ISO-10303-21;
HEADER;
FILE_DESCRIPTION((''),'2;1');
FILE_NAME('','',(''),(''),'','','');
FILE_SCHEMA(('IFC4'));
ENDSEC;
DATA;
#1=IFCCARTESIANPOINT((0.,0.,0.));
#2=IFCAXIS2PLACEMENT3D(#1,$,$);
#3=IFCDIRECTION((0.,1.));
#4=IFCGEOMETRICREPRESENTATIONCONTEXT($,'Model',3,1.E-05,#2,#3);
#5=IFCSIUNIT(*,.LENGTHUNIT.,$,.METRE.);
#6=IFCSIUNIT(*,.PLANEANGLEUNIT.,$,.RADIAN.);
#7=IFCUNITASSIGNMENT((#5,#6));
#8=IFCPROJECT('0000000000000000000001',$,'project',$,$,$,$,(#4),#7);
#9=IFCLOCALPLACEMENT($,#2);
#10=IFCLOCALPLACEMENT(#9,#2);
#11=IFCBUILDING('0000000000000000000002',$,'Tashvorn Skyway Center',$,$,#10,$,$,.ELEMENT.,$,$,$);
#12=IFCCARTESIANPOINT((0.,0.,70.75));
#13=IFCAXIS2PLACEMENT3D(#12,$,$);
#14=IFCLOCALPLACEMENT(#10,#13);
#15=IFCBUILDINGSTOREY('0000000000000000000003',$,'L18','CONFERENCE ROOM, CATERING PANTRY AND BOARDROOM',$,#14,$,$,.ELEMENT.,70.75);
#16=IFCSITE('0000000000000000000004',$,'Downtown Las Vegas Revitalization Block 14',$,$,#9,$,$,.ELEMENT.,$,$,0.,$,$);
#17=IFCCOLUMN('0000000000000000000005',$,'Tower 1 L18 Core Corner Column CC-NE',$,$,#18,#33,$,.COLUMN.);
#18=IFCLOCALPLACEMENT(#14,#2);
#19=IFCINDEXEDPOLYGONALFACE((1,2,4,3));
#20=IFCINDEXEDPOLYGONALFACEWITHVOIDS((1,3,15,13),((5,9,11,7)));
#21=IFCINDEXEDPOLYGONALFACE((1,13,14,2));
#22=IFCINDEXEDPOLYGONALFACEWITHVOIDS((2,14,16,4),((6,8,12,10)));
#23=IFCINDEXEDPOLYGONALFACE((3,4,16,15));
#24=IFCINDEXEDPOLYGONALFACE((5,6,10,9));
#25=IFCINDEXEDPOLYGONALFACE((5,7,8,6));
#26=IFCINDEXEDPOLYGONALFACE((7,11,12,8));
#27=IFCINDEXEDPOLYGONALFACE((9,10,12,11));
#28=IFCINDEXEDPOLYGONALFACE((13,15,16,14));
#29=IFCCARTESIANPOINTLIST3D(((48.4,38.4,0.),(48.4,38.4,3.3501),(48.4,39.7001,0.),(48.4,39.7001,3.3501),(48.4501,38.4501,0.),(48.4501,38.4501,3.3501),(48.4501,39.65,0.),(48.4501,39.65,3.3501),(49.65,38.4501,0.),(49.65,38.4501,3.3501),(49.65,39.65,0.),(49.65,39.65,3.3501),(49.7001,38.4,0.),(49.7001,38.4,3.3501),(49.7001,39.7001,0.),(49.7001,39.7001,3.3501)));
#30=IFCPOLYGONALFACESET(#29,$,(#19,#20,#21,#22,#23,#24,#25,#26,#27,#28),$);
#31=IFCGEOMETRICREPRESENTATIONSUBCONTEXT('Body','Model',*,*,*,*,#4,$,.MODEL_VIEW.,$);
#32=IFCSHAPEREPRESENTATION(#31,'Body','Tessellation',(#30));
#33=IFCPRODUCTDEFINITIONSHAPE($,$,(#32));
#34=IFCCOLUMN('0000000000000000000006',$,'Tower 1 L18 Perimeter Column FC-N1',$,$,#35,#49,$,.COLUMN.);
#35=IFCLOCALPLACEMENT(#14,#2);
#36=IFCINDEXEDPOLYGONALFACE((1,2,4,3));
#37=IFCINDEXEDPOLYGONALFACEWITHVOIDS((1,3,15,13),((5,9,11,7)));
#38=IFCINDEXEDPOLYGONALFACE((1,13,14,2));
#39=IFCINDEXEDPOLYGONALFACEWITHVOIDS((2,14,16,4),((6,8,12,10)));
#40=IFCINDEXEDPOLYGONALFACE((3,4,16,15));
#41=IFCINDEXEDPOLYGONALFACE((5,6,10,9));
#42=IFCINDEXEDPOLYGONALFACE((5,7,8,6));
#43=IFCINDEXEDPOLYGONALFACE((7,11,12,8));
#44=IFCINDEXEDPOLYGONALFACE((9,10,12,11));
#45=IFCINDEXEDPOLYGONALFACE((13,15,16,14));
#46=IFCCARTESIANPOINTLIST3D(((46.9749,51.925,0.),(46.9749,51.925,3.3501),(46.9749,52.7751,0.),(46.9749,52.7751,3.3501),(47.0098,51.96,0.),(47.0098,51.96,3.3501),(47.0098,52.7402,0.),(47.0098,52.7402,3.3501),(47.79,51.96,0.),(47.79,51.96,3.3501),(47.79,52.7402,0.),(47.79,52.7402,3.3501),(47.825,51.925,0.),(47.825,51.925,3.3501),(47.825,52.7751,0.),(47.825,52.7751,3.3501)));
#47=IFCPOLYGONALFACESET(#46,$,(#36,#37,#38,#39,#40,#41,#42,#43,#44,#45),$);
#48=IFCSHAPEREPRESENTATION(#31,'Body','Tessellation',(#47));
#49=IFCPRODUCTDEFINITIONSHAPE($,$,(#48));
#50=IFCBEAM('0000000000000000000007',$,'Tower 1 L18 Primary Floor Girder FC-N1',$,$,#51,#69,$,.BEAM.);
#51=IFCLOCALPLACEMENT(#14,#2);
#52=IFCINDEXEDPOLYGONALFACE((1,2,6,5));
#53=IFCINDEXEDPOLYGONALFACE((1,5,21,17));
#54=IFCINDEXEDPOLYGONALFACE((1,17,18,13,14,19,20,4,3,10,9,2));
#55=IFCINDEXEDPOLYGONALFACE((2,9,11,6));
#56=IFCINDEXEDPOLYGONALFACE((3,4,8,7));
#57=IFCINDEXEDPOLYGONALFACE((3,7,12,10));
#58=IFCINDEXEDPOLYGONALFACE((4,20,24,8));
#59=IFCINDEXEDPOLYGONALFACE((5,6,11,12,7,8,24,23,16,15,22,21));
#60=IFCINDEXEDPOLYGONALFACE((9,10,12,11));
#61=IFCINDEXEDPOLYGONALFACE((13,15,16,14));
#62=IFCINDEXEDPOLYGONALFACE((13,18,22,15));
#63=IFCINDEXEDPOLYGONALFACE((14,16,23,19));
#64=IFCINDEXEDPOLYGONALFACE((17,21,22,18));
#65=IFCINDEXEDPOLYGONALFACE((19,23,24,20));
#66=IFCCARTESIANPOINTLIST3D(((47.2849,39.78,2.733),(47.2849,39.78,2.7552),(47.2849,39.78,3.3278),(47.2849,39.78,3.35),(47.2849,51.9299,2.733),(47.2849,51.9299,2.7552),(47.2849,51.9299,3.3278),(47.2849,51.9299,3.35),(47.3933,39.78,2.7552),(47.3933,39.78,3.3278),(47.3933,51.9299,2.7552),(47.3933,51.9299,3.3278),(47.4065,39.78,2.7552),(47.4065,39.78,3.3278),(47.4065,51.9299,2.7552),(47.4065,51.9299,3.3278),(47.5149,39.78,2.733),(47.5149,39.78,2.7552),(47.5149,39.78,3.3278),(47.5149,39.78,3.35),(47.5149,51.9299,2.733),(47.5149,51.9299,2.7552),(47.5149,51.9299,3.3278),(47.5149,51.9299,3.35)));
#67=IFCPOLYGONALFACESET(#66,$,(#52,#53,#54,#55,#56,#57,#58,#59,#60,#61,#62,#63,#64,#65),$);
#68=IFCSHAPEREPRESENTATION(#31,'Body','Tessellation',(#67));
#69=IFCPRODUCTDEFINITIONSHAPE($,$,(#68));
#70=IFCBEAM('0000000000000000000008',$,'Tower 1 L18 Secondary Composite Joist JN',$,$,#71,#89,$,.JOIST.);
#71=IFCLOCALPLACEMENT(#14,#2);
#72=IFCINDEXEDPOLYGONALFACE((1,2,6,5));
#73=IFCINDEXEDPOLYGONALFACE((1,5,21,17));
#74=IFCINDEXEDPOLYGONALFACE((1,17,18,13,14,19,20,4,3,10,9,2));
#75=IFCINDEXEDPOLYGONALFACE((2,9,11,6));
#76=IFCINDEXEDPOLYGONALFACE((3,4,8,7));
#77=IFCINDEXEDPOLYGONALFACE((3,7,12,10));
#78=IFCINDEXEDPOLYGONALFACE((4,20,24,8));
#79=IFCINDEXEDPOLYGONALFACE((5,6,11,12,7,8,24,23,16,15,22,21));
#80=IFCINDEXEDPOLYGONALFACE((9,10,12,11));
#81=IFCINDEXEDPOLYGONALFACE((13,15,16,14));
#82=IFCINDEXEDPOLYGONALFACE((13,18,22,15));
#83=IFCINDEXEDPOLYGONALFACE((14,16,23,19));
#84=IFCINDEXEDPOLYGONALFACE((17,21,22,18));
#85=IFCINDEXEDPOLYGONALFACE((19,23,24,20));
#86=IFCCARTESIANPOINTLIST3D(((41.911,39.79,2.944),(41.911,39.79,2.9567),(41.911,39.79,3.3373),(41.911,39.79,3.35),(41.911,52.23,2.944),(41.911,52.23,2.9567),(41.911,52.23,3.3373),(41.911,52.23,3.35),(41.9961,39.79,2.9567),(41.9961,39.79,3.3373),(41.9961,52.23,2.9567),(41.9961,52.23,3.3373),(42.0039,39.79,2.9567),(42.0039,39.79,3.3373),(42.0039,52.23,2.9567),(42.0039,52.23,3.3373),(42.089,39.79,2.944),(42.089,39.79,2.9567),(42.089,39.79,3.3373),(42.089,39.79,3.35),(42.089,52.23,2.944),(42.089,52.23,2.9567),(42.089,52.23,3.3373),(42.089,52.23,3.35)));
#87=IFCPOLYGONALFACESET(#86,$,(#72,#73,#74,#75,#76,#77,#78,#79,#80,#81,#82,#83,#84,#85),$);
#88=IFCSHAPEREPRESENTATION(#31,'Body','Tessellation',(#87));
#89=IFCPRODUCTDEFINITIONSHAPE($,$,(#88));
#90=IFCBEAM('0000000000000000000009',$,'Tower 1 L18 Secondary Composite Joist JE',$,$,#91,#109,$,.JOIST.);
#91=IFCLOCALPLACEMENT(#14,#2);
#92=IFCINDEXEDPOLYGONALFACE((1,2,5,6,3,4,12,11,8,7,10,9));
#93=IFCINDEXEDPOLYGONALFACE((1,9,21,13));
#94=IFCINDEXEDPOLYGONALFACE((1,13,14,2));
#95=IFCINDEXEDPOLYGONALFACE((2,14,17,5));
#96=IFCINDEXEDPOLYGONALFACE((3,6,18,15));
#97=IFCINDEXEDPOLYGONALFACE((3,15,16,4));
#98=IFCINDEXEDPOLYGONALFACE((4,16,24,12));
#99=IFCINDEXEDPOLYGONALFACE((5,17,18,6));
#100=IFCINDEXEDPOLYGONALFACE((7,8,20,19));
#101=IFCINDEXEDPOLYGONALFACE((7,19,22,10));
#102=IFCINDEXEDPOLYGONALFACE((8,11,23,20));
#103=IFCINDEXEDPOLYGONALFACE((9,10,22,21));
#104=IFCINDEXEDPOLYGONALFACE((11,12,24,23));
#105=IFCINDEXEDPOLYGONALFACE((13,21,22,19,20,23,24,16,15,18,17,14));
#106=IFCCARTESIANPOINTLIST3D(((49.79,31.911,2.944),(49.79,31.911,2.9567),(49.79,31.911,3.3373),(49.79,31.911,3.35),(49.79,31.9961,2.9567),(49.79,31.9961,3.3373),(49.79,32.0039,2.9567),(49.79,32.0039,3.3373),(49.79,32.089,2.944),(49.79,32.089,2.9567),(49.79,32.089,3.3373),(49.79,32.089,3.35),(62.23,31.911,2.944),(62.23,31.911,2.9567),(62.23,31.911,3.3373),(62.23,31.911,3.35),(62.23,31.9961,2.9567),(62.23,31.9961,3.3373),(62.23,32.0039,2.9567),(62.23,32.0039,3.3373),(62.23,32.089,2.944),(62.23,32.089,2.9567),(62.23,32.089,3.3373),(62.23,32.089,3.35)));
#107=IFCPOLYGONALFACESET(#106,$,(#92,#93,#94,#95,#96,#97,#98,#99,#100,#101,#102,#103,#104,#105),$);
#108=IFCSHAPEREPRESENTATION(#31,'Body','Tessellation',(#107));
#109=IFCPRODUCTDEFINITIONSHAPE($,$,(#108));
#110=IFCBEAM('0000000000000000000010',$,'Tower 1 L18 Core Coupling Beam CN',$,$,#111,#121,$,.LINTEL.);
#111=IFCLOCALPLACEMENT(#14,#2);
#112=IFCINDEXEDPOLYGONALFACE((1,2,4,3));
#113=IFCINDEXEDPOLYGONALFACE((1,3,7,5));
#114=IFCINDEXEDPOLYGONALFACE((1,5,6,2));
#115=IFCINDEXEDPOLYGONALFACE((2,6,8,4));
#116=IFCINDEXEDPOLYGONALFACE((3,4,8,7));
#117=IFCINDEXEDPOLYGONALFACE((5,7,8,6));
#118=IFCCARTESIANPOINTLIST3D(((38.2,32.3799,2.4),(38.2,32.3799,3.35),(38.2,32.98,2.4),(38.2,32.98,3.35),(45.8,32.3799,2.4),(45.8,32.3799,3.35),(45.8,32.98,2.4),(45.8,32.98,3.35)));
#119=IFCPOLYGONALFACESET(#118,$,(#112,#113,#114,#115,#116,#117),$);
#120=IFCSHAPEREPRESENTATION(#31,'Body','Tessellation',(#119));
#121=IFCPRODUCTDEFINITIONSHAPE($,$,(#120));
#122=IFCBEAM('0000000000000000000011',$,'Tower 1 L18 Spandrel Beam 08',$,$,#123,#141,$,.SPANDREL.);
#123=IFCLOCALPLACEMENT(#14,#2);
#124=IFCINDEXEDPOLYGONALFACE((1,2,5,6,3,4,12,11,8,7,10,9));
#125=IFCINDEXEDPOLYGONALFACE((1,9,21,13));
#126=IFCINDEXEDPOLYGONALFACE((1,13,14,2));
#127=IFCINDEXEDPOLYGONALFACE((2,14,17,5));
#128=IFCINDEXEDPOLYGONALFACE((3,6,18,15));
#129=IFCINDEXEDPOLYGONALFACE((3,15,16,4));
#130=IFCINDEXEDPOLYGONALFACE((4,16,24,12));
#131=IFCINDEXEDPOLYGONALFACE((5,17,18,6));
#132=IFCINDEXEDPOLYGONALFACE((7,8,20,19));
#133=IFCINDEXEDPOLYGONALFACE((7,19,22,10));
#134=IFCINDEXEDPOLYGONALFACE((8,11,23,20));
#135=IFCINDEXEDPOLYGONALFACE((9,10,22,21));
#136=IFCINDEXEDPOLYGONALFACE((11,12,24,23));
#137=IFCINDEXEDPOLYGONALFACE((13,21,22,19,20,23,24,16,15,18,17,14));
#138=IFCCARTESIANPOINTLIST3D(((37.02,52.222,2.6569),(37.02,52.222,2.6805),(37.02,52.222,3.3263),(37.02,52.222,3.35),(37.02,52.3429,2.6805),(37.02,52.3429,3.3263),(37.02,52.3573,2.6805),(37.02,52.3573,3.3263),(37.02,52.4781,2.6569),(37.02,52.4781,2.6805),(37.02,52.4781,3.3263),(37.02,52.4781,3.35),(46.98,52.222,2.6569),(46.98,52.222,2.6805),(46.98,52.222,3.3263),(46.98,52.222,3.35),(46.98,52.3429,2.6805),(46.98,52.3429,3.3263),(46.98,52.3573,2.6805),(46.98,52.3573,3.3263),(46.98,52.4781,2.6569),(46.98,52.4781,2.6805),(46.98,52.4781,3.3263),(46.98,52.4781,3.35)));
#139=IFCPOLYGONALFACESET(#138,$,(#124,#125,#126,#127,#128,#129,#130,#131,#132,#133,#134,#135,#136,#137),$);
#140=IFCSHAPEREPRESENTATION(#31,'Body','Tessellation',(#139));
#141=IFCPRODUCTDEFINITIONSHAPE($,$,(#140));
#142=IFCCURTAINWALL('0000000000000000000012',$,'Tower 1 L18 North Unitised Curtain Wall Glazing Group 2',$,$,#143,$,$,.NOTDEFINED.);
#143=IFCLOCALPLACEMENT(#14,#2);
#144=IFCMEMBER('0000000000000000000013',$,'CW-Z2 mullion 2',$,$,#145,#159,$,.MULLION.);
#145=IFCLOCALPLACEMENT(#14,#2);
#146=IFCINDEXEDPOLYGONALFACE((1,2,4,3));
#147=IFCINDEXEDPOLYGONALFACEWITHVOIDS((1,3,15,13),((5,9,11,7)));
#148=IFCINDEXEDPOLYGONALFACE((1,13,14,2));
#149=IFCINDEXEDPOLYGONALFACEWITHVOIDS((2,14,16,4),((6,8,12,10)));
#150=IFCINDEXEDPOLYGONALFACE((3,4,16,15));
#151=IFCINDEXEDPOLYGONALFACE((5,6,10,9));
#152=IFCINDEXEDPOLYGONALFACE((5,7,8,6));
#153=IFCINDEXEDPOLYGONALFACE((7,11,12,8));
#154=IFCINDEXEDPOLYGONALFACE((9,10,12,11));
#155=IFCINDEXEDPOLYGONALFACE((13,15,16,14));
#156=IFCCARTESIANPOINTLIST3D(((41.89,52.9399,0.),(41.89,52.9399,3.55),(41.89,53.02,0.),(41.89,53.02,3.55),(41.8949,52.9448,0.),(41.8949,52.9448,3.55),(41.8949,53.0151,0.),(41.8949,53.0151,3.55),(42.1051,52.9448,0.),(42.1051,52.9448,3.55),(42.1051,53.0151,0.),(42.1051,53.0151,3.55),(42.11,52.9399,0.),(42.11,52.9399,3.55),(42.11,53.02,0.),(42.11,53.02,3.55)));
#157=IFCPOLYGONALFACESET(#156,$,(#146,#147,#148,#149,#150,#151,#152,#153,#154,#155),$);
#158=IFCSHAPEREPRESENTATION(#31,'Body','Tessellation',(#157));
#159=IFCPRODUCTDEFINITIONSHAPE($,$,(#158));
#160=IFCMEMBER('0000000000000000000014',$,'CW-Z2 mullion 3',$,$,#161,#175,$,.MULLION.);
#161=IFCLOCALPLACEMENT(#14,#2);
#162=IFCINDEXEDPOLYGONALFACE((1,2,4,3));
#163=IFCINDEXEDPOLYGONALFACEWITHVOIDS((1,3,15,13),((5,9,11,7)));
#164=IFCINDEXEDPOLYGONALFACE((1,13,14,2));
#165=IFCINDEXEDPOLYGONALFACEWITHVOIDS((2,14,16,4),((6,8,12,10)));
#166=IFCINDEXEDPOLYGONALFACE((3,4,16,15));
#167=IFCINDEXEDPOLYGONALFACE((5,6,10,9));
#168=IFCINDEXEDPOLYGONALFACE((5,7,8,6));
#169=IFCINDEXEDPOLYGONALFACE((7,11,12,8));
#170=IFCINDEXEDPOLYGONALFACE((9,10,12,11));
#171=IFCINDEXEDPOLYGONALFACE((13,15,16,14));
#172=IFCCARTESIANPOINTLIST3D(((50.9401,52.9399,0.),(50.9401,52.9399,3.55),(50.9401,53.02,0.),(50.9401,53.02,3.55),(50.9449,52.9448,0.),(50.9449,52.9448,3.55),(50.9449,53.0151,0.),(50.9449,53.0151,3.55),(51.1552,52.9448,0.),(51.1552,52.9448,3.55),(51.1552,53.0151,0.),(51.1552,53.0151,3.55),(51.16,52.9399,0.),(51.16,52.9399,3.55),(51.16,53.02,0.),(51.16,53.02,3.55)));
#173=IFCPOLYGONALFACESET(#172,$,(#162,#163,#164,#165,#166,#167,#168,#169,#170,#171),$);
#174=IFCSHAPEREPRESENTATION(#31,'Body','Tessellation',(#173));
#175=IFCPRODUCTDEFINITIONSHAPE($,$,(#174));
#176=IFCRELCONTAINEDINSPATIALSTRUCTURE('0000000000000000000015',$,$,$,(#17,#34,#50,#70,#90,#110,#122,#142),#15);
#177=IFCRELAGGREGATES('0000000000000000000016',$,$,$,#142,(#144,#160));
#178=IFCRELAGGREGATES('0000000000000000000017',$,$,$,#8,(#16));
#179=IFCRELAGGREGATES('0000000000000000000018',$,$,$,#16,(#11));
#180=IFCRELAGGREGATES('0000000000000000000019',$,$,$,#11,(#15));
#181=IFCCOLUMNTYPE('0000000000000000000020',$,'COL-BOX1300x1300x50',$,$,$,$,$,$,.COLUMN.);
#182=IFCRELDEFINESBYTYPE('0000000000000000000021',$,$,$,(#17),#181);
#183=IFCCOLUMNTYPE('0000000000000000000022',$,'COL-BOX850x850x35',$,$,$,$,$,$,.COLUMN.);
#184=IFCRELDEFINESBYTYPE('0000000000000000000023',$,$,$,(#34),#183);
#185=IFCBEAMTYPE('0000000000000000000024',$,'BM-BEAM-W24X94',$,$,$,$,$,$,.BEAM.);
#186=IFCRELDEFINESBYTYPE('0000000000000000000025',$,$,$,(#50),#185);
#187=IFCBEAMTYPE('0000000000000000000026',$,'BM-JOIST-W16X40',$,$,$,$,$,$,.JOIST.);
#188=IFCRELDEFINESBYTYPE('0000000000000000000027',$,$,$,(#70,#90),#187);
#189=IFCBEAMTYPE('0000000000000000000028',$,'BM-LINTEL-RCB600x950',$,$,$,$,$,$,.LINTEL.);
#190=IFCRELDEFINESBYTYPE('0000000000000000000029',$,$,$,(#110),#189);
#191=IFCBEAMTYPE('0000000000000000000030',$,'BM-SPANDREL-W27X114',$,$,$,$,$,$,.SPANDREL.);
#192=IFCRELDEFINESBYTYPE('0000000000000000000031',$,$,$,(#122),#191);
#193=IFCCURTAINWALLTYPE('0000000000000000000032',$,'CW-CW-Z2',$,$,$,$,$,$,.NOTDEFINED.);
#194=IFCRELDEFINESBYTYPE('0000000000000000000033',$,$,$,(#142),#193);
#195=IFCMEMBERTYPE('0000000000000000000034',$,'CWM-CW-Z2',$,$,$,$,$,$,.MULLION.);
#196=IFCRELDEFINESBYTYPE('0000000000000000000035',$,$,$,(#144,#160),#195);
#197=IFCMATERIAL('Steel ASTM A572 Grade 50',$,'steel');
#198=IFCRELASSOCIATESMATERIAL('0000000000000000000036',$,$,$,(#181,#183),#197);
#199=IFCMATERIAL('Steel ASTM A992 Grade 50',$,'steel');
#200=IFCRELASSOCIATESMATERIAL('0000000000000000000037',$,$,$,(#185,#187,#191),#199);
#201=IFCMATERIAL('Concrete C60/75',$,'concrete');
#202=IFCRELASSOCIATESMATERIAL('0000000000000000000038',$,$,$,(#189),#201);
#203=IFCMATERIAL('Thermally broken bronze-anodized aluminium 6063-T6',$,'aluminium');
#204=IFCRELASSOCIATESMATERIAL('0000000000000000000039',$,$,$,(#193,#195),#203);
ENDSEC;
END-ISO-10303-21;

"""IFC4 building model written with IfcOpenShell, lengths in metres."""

from ifc_helpers import new_model, si_unit, direction, frame, origin, origin_2d, place, context, subcontext, project, spatial, rectangle, hollow_rectangle, i_section, extrude, material, material_profile, profile_set, type_object, element, aggregate, save


model = new_model("IFC4")

# Units and contexts
model_context = context("Model", 3, precision=1e-05, world=origin(), true_north=direction((0.0, 1.0)))
body_context = subcontext(model_context, "Body", "Model", "MODEL_VIEW")
ifc_project = project(units=[si_unit("LENGTHUNIT", "METRE"), si_unit("PLANEANGLEUNIT", "RADIAN")], contexts=[model_context])

# Site, building, storey
site_placement = place(None, origin())
site = spatial("IfcSite", under=ifc_project, at=site_placement, Name="Downtown Las Vegas Revitalization Block 14", CompositionType="ELEMENT", RefElevation=0.0)
building_placement = place(site_placement, origin())
building = spatial("IfcBuilding", under=site, at=building_placement, Name="Tashvorn Skyway Center", CompositionType="ELEMENT")
storey_placement = place(building_placement, frame((0.0, 0.0, 70.75)))
storey = spatial("IfcBuildingStorey", under=building, at=storey_placement, Name="L18", Description="CONFERENCE ROOM, CATERING PANTRY AND BOARDROOM", CompositionType="ELEMENT", Elevation=70.75)

# Columns
ifc_material_1 = material(Name="Steel ASTM A572 Grade 50", Category="steel")
ifc_material_profile_1 = material_profile(ifc_material_1, hollow_rectangle(XDim=1.3, YDim=1.3, WallThickness=0.05, at=origin_2d()), Name="BOX1300x1300x50")
ifc_profile_set_1 = profile_set([ifc_material_profile_1], Name="Steel ASTM A572 Grade 50")
column_type_1 = type_object("IfcColumnType", Name="COL-BOX1300x1300x50", PredefinedType="COLUMN", material=ifc_profile_set_1)
column_1_placement = place(storey_placement, frame((49.05, 39.05, 0.0), z_axis=(0.0, 0.0, 1.0), x_axis=(1.0, 0.0, 0.0)))
element("IfcColumn", 1, at=column_1_placement, inside=storey, type_object=column_type_1, Name="Tower 1 L18 Core Corner Column CC-NE", PredefinedType="COLUMN", context=body_context, shape_type="SweptSolid", body=[
    extrude(hollow_rectangle(XDim=1.3, YDim=1.3, WallThickness=0.05, at=origin_2d()), origin(), (0.0, 0.0, 1.0), 3.3501),
])
ifc_material_profile_2 = material_profile(ifc_material_1, hollow_rectangle(XDim=0.8501, YDim=0.8501, WallThickness=0.0349, at=origin_2d()), Name="BOX850x850x35")
ifc_profile_set_2 = profile_set([ifc_material_profile_2], Name="Steel ASTM A572 Grade 50")
column_type_2 = type_object("IfcColumnType", Name="COL-BOX850x850x35", PredefinedType="COLUMN", material=ifc_profile_set_2)
column_2_placement = place(storey_placement, frame((47.3999, 52.3501, 0.0), z_axis=(0.0, 0.0, 1.0), x_axis=(1.0, 0.0, 0.0)))
element("IfcColumn", 2, at=column_2_placement, inside=storey, type_object=column_type_2, Name="Tower 1 L18 Perimeter Column FC-N1", PredefinedType="COLUMN", context=body_context, shape_type="SweptSolid", body=[
    extrude(hollow_rectangle(XDim=0.8501, YDim=0.8501, WallThickness=0.0349, at=origin_2d()), origin(), (0.0, 0.0, 1.0), 3.3501),
])

# Beams
ifc_material_2 = material(Name="Steel ASTM A992 Grade 50", Category="steel")
ifc_material_profile_3 = material_profile(ifc_material_2, i_section(OverallWidth=0.23, OverallDepth=0.6169, WebThickness=0.0132, FlangeThickness=0.0222, at=origin_2d()), Name="W24X94")
ifc_profile_set_3 = profile_set([ifc_material_profile_3], Name="Steel ASTM A992 Grade 50")
beam_type_1 = type_object("IfcBeamType", Name="BM-BEAM-W24X94", PredefinedType="BEAM", material=ifc_profile_set_3)
beam_1_placement = place(storey_placement, frame((47.3999, 51.9299, 3.0415), z_axis=(0.0, -1.0, 0.0), x_axis=(1.0, 0.0, 0.0)))
element("IfcBeam", 3, at=beam_1_placement, inside=storey, type_object=beam_type_1, Name="Tower 1 L18 Primary Floor Girder FC-N1", PredefinedType="BEAM", context=body_context, shape_type="SweptSolid", body=[
    extrude(i_section(OverallWidth=0.23, OverallDepth=0.6169, WebThickness=0.0132, FlangeThickness=0.0222, at=origin_2d()), origin(), (0.0, 0.0, 1.0), 12.1499),
])
ifc_material_profile_4 = material_profile(ifc_material_2, i_section(OverallWidth=0.178, OverallDepth=0.406, WebThickness=0.0078, FlangeThickness=0.0127, at=origin_2d()), Name="W16X40")
ifc_profile_set_4 = profile_set([ifc_material_profile_4], Name="Steel ASTM A992 Grade 50")
beam_type_2 = type_object("IfcBeamType", Name="BM-JOIST-W16X40", PredefinedType="JOIST", material=ifc_profile_set_4)
for number, where, z_axis, x_axis, name in (
    (4, (42.0, 39.79, 3.147), (0.0, 1.0, 0.0), (-1.0, 0.0, 0.0), "Tower 1 L18 Secondary Composite Joist JN"),
    (5, (49.79, 32.0, 3.147), (1.0, 0.0, 0.0), (0.0, 1.0, 0.0), "Tower 1 L18 Secondary Composite Joist JE"),
):
    element("IfcBeam", number, at=place(storey_placement, frame(where, z_axis=z_axis, x_axis=x_axis)), inside=storey, type_object=beam_type_2, Name=name, PredefinedType="JOIST", context=body_context, shape_type="SweptSolid", body=[
        extrude(i_section(OverallWidth=0.178, OverallDepth=0.406, WebThickness=0.0078, FlangeThickness=0.0127, at=origin_2d()), origin(), (0.0, 0.0, 1.0), 12.4399),
    ])
ifc_material_3 = material(Name="Concrete C60/75", Category="concrete")
ifc_material_profile_5 = material_profile(ifc_material_3, rectangle(XDim=0.6001, YDim=0.95, at=origin_2d()), Name="RCB600x950")
ifc_profile_set_5 = profile_set([ifc_material_profile_5], Name="Concrete C60/75")
beam_type_3 = type_object("IfcBeamType", Name="BM-LINTEL-RCB600x950", PredefinedType="LINTEL", material=ifc_profile_set_5)
beam_2_placement = place(storey_placement, frame((38.2, 32.6799, 2.875), z_axis=(1.0, 0.0, 0.0), x_axis=(0.0, 1.0, 0.0)))
element("IfcBeam", 6, at=beam_2_placement, inside=storey, type_object=beam_type_3, Name="Tower 1 L18 Core Coupling Beam CN", PredefinedType="LINTEL", context=body_context, shape_type="SweptSolid", body=[
    extrude(rectangle(XDim=0.6001, YDim=0.95, at=origin_2d()), origin(), (0.0, 0.0, 1.0), 7.6001),
])
ifc_material_profile_6 = material_profile(ifc_material_2, i_section(OverallWidth=0.2561, OverallDepth=0.6931, WebThickness=0.0144, FlangeThickness=0.0237, at=origin_2d()), Name="W27X114")
ifc_profile_set_6 = profile_set([ifc_material_profile_6], Name="Steel ASTM A992 Grade 50")
beam_type_4 = type_object("IfcBeamType", Name="BM-SPANDREL-W27X114", PredefinedType="SPANDREL", material=ifc_profile_set_6)
beam_3_placement = place(storey_placement, frame((46.98, 52.3501, 3.0034), z_axis=(-1.0, 0.0, 0.0), x_axis=(0.0, -1.0, 0.0)))
element("IfcBeam", 7, at=beam_3_placement, inside=storey, type_object=beam_type_4, Name="Tower 1 L18 Spandrel Beam 08", PredefinedType="SPANDREL", context=body_context, shape_type="SweptSolid", body=[
    extrude(i_section(OverallWidth=0.2561, OverallDepth=0.6931, WebThickness=0.0144, FlangeThickness=0.0237, at=origin_2d()), origin(), (0.0, 0.0, 1.0), 9.96),
])

# Curtain wall, members
ifc_material_4 = material(Name="Thermally broken bronze-anodized aluminium 6063-T6", Category="aluminium")
curtain_wall_type = type_object("IfcCurtainWallType", Name="CW-CW-Z2", PredefinedType="NOTDEFINED", material=ifc_material_4)
curtain_wall_placement = place(storey_placement, origin())
curtain_wall = element("IfcCurtainWall", 8, at=curtain_wall_placement, inside=storey, type_object=curtain_wall_type, Name="Tower 1 L18 North Unitised Curtain Wall Glazing Group 2", PredefinedType="NOTDEFINED")
ifc_material_profile_7 = material_profile(ifc_material_4, hollow_rectangle(XDim=0.0801, YDim=0.22, WallThickness=0.0049, at=origin_2d()), Name="ALU-MULL-80x220")
ifc_profile_set_7 = profile_set([ifc_material_profile_7], Name="Thermally broken bronze-anodized aluminium 6063-T6")
member_type_1 = type_object("IfcMemberType", Name="CWM-CW-Z2", PredefinedType="MULLION", material=ifc_profile_set_7)
member_1_placement = place(storey_placement, frame((42.0, 52.98, 0.0), z_axis=(0.0, 0.0, 1.0), x_axis=(0.0, 1.0, 0.0)))
member_1 = element("IfcMember", 9, at=member_1_placement, type_object=member_type_1, Name="CW-Z2 mullion 2", PredefinedType="MULLION", context=body_context, shape_type="SweptSolid", body=[
    extrude(hollow_rectangle(XDim=0.0801, YDim=0.22, WallThickness=0.0049, at=origin_2d()), origin(), (0.0, 0.0, 1.0), 3.55),
])
member_2_placement = place(storey_placement, frame((51.05, 52.98, 0.0), z_axis=(0.0, 0.0, 1.0), x_axis=(0.0, 1.0, 0.0)))
member_2 = element("IfcMember", 10, at=member_2_placement, type_object=member_type_1, Name="CW-Z2 mullion 3", PredefinedType="MULLION", context=body_context, shape_type="SweptSolid", body=[
    extrude(hollow_rectangle(XDim=0.0801, YDim=0.22, WallThickness=0.0049, at=origin_2d()), origin(), (0.0, 0.0, 1.0), 3.55),
])
aggregate(curtain_wall, [member_1, member_2])

save(model, "model.ifc")
